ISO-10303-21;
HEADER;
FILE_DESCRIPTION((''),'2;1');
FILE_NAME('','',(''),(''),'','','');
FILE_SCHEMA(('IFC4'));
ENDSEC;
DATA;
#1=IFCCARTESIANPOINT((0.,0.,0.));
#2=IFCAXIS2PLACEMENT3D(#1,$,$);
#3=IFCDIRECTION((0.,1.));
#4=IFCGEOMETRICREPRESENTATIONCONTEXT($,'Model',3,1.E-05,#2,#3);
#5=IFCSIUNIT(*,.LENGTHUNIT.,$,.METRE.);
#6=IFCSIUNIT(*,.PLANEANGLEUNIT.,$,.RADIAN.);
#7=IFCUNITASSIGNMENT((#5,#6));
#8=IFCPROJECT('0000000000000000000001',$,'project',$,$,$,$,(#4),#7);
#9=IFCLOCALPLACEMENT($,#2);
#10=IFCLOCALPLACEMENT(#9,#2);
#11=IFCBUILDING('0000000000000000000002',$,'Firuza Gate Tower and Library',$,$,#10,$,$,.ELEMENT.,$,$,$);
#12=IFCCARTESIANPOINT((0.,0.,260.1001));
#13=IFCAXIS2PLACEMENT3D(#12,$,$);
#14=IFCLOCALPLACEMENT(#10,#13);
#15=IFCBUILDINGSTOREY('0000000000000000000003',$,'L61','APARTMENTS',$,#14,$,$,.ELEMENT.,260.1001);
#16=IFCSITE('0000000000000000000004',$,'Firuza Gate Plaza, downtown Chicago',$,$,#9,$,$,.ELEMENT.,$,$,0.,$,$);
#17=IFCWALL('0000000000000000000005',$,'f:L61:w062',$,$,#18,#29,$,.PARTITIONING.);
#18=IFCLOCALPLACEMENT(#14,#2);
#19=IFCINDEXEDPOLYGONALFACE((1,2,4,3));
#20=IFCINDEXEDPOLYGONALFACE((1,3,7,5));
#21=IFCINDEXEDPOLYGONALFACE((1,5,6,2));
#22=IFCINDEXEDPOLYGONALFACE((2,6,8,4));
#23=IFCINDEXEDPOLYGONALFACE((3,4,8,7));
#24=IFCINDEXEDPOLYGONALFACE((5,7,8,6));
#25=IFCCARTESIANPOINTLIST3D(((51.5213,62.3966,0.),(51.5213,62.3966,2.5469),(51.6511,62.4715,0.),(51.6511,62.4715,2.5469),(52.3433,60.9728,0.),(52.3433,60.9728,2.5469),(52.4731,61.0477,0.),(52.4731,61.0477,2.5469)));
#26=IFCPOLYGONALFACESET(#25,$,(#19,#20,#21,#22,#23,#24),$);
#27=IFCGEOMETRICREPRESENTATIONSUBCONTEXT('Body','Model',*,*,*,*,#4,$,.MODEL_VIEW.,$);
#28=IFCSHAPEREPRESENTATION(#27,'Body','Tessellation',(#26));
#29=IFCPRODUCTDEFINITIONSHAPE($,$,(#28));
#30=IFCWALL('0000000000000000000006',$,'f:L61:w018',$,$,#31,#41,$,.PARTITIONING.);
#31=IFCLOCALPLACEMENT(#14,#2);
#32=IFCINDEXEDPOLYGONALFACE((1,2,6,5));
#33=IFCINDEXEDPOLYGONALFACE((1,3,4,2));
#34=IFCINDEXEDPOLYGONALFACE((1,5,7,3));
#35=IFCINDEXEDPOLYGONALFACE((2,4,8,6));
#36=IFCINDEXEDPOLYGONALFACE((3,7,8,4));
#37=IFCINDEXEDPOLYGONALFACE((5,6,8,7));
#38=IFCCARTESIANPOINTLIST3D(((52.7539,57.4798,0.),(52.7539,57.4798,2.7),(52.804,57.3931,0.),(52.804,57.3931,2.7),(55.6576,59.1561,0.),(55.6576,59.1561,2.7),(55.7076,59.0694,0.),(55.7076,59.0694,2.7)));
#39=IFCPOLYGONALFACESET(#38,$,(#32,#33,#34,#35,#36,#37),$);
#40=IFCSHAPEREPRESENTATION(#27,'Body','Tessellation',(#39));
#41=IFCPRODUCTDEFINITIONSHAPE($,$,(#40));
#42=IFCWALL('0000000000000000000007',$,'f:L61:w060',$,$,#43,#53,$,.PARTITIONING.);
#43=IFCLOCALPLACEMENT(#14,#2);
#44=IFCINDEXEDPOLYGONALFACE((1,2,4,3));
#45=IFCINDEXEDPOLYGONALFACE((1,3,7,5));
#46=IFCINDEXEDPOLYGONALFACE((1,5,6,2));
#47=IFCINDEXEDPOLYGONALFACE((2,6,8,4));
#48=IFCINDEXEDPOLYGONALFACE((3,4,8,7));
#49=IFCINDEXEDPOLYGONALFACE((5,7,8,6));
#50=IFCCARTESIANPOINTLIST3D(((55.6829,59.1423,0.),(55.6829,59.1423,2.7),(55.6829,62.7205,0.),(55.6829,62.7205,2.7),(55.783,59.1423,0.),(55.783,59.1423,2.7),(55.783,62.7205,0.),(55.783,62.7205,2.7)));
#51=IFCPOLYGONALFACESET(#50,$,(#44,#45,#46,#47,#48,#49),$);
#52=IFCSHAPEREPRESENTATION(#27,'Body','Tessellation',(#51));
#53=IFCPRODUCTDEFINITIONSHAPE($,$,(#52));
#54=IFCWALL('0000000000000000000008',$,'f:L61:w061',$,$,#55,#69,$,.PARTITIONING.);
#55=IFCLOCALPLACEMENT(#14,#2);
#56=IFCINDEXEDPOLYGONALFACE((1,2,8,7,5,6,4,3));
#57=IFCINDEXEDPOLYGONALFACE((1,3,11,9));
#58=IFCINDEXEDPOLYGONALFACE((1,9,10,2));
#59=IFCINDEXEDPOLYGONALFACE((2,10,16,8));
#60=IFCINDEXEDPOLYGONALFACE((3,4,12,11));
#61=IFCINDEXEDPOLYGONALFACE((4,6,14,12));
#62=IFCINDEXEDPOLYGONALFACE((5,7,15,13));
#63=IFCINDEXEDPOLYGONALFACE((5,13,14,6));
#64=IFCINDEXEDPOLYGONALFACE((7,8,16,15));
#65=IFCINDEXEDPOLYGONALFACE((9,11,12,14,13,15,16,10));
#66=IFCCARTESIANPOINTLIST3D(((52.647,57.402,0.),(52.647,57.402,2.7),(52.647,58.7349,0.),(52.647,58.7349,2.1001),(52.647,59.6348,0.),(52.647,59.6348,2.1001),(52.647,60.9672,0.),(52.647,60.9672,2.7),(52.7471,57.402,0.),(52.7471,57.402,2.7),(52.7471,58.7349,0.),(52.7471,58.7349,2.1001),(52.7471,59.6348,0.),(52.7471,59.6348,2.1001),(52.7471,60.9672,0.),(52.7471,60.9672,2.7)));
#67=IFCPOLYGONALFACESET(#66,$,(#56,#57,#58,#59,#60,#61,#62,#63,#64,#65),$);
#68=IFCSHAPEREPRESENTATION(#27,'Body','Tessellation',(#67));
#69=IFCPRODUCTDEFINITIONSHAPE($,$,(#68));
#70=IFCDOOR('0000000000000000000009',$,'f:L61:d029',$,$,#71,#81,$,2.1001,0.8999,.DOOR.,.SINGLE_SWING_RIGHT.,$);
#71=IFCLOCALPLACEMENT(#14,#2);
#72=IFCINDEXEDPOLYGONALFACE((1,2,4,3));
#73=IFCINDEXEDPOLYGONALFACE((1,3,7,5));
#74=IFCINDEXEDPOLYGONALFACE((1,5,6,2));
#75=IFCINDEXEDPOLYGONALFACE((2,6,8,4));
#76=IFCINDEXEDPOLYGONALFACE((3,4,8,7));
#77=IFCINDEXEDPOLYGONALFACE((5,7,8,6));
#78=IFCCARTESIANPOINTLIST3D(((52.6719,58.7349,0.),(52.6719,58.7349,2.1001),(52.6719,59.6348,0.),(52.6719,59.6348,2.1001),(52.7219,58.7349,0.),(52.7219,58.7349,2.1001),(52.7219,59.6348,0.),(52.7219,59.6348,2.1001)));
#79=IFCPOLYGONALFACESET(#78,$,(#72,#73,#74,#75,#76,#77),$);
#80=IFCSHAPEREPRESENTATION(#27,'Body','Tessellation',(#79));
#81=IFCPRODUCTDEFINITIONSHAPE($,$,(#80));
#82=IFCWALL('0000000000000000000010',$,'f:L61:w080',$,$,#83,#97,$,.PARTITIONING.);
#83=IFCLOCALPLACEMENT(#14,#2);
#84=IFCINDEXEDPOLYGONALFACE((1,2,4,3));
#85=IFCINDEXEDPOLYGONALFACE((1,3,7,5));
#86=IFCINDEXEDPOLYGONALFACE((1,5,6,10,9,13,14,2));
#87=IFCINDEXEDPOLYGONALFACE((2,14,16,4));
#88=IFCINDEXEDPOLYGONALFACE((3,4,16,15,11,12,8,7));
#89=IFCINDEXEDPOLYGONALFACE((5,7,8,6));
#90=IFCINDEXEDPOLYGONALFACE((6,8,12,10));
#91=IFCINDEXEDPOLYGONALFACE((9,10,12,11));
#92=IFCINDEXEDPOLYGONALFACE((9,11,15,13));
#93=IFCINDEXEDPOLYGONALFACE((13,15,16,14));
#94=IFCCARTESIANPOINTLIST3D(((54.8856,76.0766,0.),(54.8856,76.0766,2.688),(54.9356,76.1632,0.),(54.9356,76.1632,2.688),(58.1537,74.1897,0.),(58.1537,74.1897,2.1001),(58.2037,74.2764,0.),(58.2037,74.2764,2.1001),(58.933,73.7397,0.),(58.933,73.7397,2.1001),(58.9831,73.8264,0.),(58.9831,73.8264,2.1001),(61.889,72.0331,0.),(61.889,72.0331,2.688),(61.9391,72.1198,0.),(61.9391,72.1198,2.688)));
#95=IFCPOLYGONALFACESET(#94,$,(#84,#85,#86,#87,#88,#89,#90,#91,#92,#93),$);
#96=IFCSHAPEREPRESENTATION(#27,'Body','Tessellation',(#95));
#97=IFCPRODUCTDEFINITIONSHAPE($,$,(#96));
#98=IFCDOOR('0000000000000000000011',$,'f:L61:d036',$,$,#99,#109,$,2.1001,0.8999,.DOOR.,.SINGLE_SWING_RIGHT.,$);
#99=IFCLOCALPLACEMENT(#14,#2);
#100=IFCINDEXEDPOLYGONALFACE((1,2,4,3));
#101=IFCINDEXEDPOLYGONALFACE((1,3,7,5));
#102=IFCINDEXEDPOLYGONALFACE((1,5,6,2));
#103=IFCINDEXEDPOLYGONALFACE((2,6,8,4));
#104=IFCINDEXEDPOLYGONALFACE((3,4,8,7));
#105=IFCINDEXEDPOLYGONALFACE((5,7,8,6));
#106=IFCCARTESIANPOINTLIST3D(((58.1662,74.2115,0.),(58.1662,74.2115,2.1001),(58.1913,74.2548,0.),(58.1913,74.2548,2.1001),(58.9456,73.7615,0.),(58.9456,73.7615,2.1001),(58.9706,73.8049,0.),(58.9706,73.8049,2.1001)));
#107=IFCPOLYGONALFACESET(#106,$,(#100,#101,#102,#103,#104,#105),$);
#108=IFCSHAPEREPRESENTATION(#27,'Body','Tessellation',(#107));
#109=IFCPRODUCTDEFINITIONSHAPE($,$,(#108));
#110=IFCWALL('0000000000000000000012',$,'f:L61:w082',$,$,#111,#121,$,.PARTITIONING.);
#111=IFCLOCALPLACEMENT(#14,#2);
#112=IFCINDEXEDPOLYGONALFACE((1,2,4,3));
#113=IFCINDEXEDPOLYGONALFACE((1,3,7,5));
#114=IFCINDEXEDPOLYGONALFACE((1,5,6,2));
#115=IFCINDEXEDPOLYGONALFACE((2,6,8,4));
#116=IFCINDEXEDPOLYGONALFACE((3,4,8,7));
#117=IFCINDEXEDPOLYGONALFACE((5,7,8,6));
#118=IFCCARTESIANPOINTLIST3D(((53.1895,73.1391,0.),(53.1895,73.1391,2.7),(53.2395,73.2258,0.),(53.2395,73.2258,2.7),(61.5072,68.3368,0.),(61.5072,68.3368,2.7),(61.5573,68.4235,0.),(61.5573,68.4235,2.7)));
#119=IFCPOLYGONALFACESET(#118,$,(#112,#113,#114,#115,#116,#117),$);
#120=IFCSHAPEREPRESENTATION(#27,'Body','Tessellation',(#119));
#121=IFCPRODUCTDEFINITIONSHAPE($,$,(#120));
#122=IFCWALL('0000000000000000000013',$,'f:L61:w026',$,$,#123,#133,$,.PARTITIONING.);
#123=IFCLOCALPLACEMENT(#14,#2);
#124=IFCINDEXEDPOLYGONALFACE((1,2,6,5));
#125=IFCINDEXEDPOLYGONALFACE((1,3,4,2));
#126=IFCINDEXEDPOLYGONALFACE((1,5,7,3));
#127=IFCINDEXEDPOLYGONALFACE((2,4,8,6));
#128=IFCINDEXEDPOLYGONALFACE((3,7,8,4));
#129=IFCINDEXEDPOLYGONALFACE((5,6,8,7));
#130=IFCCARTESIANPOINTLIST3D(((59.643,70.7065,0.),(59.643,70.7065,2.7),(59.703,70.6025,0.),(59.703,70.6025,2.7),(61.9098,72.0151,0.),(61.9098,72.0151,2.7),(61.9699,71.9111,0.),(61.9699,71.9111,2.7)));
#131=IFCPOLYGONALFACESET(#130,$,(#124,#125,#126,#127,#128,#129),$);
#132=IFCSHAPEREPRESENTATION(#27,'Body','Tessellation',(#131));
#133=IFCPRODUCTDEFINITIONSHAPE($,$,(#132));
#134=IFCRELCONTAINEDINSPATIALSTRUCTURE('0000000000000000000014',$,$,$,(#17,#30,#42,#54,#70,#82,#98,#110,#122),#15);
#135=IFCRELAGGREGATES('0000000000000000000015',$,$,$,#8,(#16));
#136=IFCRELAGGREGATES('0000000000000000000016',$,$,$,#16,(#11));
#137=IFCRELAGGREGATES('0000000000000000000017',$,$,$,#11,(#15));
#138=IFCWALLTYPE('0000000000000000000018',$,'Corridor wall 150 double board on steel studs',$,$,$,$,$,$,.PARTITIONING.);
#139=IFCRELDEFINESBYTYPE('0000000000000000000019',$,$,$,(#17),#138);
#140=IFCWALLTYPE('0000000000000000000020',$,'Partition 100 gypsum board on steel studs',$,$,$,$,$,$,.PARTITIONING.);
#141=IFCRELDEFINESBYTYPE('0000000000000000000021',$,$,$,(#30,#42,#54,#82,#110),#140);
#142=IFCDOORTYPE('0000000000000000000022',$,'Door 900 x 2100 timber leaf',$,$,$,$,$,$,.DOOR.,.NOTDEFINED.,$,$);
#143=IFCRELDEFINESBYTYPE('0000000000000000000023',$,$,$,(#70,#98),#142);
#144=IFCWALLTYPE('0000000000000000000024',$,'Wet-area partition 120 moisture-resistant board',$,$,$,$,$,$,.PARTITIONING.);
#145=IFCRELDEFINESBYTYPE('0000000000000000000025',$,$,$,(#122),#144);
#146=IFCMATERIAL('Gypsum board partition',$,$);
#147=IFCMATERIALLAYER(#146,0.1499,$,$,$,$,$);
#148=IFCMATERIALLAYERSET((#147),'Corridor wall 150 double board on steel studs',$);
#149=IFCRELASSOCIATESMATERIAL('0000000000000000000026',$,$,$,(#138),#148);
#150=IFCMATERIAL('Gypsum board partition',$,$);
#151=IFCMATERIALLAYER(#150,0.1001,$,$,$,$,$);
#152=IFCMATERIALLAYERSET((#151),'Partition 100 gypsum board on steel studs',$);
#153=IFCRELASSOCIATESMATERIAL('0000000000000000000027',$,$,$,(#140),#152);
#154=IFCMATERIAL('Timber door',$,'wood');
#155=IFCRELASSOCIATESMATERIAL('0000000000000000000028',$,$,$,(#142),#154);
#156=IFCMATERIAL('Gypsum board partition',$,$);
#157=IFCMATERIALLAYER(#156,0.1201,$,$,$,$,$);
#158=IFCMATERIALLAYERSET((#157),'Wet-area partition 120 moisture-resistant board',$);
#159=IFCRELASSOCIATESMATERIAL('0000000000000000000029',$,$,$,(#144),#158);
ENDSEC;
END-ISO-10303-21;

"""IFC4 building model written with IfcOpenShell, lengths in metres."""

from ifc_helpers import new_model, si_unit, direction, frame, frame_2d, origin, place, context, subcontext, project, spatial, rectangle, extrude, material, layer, layer_set, type_object, element, fill, save


model = new_model("IFC4")

# Units and contexts
model_context = context("Model", 3, precision=1e-05, world=origin(), true_north=direction((0.0, 1.0)))
body_context = subcontext(model_context, "Body", "Model", "MODEL_VIEW")
ifc_project = project(units=[si_unit("LENGTHUNIT", "METRE"), si_unit("PLANEANGLEUNIT", "RADIAN")], contexts=[model_context])

# Site, building, storey
site_placement = place(None, origin())
site = spatial("IfcSite", under=ifc_project, at=site_placement, Name="Firuza Gate Plaza, downtown Chicago", CompositionType="ELEMENT", RefElevation=0.0)
building_placement = place(site_placement, origin())
building = spatial("IfcBuilding", under=site, at=building_placement, Name="Firuza Gate Tower and Library", CompositionType="ELEMENT")
storey_placement = place(building_placement, frame((0.0, 0.0, 260.1001)))
storey = spatial("IfcBuildingStorey", under=building, at=storey_placement, Name="L61", Description="APARTMENTS", CompositionType="ELEMENT", Elevation=260.1001)

# Walls
ifc_material_1 = material(Name="Gypsum board partition")
ifc_layer_1 = layer(ifc_material_1, 0.1499)
ifc_layer_set_1 = layer_set([ifc_layer_1], Name="Corridor wall 150 double board on steel studs")
wall_type_1 = type_object("IfcWallType", Name="Corridor wall 150 double board on steel studs", PredefinedType="PARTITIONING", material=ifc_layer_set_1)
wall_1_placement = place(storey_placement, frame((52.4082, 61.0103, 0.0), z_axis=(0.0, 0.0, 1.0), x_axis=(-0.499988, 0.866032, 0.0)))
element("IfcWall", 1, at=wall_1_placement, inside=storey, type_object=wall_type_1, Name="f:L61:w062", PredefinedType="PARTITIONING", context=body_context, shape_type="SweptSolid", body=[
    extrude(rectangle(XDim=1.644, YDim=0.1499, at=frame_2d((0.822, 0.0))), origin(), (0.0, 0.0, 1.0), 2.5469),
])
ifc_material_2 = material(Name="Gypsum board partition")
ifc_layer_2 = layer(ifc_material_2, 0.1001)
ifc_layer_set_2 = layer_set([ifc_layer_2], Name="Partition 100 gypsum board on steel studs")
wall_type_2 = type_object("IfcWallType", Name="Partition 100 gypsum board on steel studs", PredefinedType="PARTITIONING", material=ifc_layer_set_2)
wall_2_placement = place(storey_placement, frame((52.7791, 57.4365, 0.0), z_axis=(0.0, 0.0, 1.0), x_axis=(0.866039, 0.499977, 0.0)))
element("IfcWall", 2, at=wall_2_placement, inside=storey, type_object=wall_type_2, Name="f:L61:w018", PredefinedType="PARTITIONING", context=body_context, shape_type="SweptSolid", body=[
    extrude(rectangle(XDim=3.3528, YDim=0.1001, at=frame_2d((1.6763, 0.0))), origin(), (0.0, 0.0, 1.0), 2.7),
])
wall_3_placement = place(storey_placement, frame((55.7329, 59.1423, 0.0), z_axis=(0.0, 0.0, 1.0), x_axis=(0.0, 1.0, 0.0)))
element("IfcWall", 3, at=wall_3_placement, inside=storey, type_object=wall_type_2, Name="f:L61:w060", PredefinedType="PARTITIONING", context=body_context, shape_type="SweptSolid", body=[
    extrude(rectangle(XDim=3.5781, YDim=0.1001, at=frame_2d((1.7891, 0.0))), origin(), (0.0, 0.0, 1.0), 2.7),
])

# Walls, openings, doors
wall_4_placement = place(storey_placement, frame((52.697, 60.9673, 0.0), z_axis=(0.0, 0.0, 1.0), x_axis=(0.0, -1.0, 0.0)))
wall_4 = element("IfcWall", 4, at=wall_4_placement, inside=storey, type_object=wall_type_2, Name="f:L61:w061", PredefinedType="PARTITIONING", context=body_context, shape_type="SweptSolid", body=[
    extrude(rectangle(XDim=3.5652, YDim=0.1001, at=frame_2d((1.7827, 0.0))), origin(), (0.0, 0.0, 1.0), 2.7),
])
opening_1_placement = place(wall_4_placement, frame((1.3325, 0.0, 0.0)))
opening_1 = element("IfcOpeningElement", 5, at=opening_1_placement, cuts=wall_4, PredefinedType="OPENING", context=body_context, shape_type="SweptSolid", body=[
    extrude(rectangle(XDim=0.8999, YDim=2.1001, at=frame_2d((0.45, 1.05))), frame((0.0, 0.0601, 0.0), z_axis=(0.0, -1.0, 0.0), x_axis=(1.0, 0.0, 0.0)), (0.0, 0.0, 1.0), 0.1201),
])
ifc_material_3 = material(Name="Timber door", Category="wood")
door_type = type_object("IfcDoorType", Name="Door 900 x 2100 timber leaf", OperationType="NOTDEFINED", PredefinedType="DOOR", material=ifc_material_3)
door_1_placement = place(opening_1_placement, origin())
door_1 = element("IfcDoor", 6, at=door_1_placement, inside=storey, type_object=door_type, Name="f:L61:d029", OperationType="SINGLE_SWING_RIGHT", OverallHeight=2.1001, OverallWidth=0.8999, PredefinedType="DOOR", context=body_context, shape_type="SweptSolid", body=[
    extrude(rectangle(XDim=0.8999, YDim=2.1001, at=frame_2d((0.45, 1.05))), frame((0.0, 0.0249, 0.0), z_axis=(0.0, -1.0, 0.0), x_axis=(1.0, 0.0, 0.0)), (0.0, 0.0, 1.0), 0.05),
])
fill(opening_1, door_1)
wall_5_placement = place(storey_placement, frame((61.9141, 72.0764, 0.0), z_axis=(0.0, 0.0, 1.0), x_axis=(-0.866024, 0.500003, 0.0)))
wall_5 = element("IfcWall", 7, at=wall_5_placement, inside=storey, type_object=wall_type_2, Name="f:L61:w080", PredefinedType="PARTITIONING", context=body_context, shape_type="SweptSolid", body=[
    extrude(rectangle(XDim=8.0869, YDim=0.1001, at=frame_2d((4.0435, 0.0))), origin(), (0.0, 0.0, 1.0), 2.688),
])
opening_2_placement = place(wall_5_placement, frame((3.4133, 0.0, 0.0)))
opening_2 = element("IfcOpeningElement", 8, at=opening_2_placement, cuts=wall_5, PredefinedType="OPENING", context=body_context, shape_type="SweptSolid", body=[
    extrude(rectangle(XDim=0.8999, YDim=2.1001, at=frame_2d((0.45, 1.05))), frame((0.0, 0.0601, 0.0), z_axis=(0.0, -1.0, 0.0), x_axis=(1.0, 0.0, 0.0)), (0.0, 0.0, 1.0), 0.1201),
])
door_2_placement = place(opening_2_placement, origin())
door_2 = element("IfcDoor", 9, at=door_2_placement, inside=storey, type_object=door_type, Name="f:L61:d036", OperationType="SINGLE_SWING_RIGHT", OverallHeight=2.1001, OverallWidth=0.8999, PredefinedType="DOOR", context=body_context, shape_type="SweptSolid", body=[
    extrude(rectangle(XDim=0.8999, YDim=2.1001, at=frame_2d((0.45, 1.05))), frame((0.0, 0.0249, 0.0), z_axis=(0.0, -1.0, 0.0), x_axis=(1.0, 0.0, 0.0)), (0.0, 0.0, 1.0), 0.05),
])
fill(opening_2, door_2)

# Walls
wall_6_placement = place(storey_placement, frame((61.5322, 68.3801, 0.0), z_axis=(0.0, 0.0, 1.0), x_axis=(-0.866023, 0.500005, 0.0)))
element("IfcWall", 10, at=wall_6_placement, inside=storey, type_object=wall_type_2, Name="f:L61:w082", PredefinedType="PARTITIONING", context=body_context, shape_type="SweptSolid", body=[
    extrude(rectangle(XDim=9.6045, YDim=0.1001, at=frame_2d((4.8022, 0.0))), origin(), (0.0, 0.0, 1.0), 2.7),
])
ifc_material_4 = material(Name="Gypsum board partition")
ifc_layer_3 = layer(ifc_material_4, 0.1201)
ifc_layer_set_3 = layer_set([ifc_layer_3], Name="Wet-area partition 120 moisture-resistant board")
wall_type_3 = type_object("IfcWallType", Name="Wet-area partition 120 moisture-resistant board", PredefinedType="PARTITIONING", material=ifc_layer_set_3)
wall_7_placement = place(storey_placement, frame((59.6731, 70.6545, 0.0), z_axis=(0.0, 0.0, 1.0), x_axis=(0.866054, 0.499951, 0.0)))
element("IfcWall", 11, at=wall_7_placement, inside=storey, type_object=wall_type_3, Name="f:L61:w026", PredefinedType="PARTITIONING", context=body_context, shape_type="SweptSolid", body=[
    extrude(rectangle(XDim=2.6174, YDim=0.1201, at=frame_2d((1.3086, 0.0))), origin(), (0.0, 0.0, 1.0), 2.7),
])

save(model, "model.ifc")
